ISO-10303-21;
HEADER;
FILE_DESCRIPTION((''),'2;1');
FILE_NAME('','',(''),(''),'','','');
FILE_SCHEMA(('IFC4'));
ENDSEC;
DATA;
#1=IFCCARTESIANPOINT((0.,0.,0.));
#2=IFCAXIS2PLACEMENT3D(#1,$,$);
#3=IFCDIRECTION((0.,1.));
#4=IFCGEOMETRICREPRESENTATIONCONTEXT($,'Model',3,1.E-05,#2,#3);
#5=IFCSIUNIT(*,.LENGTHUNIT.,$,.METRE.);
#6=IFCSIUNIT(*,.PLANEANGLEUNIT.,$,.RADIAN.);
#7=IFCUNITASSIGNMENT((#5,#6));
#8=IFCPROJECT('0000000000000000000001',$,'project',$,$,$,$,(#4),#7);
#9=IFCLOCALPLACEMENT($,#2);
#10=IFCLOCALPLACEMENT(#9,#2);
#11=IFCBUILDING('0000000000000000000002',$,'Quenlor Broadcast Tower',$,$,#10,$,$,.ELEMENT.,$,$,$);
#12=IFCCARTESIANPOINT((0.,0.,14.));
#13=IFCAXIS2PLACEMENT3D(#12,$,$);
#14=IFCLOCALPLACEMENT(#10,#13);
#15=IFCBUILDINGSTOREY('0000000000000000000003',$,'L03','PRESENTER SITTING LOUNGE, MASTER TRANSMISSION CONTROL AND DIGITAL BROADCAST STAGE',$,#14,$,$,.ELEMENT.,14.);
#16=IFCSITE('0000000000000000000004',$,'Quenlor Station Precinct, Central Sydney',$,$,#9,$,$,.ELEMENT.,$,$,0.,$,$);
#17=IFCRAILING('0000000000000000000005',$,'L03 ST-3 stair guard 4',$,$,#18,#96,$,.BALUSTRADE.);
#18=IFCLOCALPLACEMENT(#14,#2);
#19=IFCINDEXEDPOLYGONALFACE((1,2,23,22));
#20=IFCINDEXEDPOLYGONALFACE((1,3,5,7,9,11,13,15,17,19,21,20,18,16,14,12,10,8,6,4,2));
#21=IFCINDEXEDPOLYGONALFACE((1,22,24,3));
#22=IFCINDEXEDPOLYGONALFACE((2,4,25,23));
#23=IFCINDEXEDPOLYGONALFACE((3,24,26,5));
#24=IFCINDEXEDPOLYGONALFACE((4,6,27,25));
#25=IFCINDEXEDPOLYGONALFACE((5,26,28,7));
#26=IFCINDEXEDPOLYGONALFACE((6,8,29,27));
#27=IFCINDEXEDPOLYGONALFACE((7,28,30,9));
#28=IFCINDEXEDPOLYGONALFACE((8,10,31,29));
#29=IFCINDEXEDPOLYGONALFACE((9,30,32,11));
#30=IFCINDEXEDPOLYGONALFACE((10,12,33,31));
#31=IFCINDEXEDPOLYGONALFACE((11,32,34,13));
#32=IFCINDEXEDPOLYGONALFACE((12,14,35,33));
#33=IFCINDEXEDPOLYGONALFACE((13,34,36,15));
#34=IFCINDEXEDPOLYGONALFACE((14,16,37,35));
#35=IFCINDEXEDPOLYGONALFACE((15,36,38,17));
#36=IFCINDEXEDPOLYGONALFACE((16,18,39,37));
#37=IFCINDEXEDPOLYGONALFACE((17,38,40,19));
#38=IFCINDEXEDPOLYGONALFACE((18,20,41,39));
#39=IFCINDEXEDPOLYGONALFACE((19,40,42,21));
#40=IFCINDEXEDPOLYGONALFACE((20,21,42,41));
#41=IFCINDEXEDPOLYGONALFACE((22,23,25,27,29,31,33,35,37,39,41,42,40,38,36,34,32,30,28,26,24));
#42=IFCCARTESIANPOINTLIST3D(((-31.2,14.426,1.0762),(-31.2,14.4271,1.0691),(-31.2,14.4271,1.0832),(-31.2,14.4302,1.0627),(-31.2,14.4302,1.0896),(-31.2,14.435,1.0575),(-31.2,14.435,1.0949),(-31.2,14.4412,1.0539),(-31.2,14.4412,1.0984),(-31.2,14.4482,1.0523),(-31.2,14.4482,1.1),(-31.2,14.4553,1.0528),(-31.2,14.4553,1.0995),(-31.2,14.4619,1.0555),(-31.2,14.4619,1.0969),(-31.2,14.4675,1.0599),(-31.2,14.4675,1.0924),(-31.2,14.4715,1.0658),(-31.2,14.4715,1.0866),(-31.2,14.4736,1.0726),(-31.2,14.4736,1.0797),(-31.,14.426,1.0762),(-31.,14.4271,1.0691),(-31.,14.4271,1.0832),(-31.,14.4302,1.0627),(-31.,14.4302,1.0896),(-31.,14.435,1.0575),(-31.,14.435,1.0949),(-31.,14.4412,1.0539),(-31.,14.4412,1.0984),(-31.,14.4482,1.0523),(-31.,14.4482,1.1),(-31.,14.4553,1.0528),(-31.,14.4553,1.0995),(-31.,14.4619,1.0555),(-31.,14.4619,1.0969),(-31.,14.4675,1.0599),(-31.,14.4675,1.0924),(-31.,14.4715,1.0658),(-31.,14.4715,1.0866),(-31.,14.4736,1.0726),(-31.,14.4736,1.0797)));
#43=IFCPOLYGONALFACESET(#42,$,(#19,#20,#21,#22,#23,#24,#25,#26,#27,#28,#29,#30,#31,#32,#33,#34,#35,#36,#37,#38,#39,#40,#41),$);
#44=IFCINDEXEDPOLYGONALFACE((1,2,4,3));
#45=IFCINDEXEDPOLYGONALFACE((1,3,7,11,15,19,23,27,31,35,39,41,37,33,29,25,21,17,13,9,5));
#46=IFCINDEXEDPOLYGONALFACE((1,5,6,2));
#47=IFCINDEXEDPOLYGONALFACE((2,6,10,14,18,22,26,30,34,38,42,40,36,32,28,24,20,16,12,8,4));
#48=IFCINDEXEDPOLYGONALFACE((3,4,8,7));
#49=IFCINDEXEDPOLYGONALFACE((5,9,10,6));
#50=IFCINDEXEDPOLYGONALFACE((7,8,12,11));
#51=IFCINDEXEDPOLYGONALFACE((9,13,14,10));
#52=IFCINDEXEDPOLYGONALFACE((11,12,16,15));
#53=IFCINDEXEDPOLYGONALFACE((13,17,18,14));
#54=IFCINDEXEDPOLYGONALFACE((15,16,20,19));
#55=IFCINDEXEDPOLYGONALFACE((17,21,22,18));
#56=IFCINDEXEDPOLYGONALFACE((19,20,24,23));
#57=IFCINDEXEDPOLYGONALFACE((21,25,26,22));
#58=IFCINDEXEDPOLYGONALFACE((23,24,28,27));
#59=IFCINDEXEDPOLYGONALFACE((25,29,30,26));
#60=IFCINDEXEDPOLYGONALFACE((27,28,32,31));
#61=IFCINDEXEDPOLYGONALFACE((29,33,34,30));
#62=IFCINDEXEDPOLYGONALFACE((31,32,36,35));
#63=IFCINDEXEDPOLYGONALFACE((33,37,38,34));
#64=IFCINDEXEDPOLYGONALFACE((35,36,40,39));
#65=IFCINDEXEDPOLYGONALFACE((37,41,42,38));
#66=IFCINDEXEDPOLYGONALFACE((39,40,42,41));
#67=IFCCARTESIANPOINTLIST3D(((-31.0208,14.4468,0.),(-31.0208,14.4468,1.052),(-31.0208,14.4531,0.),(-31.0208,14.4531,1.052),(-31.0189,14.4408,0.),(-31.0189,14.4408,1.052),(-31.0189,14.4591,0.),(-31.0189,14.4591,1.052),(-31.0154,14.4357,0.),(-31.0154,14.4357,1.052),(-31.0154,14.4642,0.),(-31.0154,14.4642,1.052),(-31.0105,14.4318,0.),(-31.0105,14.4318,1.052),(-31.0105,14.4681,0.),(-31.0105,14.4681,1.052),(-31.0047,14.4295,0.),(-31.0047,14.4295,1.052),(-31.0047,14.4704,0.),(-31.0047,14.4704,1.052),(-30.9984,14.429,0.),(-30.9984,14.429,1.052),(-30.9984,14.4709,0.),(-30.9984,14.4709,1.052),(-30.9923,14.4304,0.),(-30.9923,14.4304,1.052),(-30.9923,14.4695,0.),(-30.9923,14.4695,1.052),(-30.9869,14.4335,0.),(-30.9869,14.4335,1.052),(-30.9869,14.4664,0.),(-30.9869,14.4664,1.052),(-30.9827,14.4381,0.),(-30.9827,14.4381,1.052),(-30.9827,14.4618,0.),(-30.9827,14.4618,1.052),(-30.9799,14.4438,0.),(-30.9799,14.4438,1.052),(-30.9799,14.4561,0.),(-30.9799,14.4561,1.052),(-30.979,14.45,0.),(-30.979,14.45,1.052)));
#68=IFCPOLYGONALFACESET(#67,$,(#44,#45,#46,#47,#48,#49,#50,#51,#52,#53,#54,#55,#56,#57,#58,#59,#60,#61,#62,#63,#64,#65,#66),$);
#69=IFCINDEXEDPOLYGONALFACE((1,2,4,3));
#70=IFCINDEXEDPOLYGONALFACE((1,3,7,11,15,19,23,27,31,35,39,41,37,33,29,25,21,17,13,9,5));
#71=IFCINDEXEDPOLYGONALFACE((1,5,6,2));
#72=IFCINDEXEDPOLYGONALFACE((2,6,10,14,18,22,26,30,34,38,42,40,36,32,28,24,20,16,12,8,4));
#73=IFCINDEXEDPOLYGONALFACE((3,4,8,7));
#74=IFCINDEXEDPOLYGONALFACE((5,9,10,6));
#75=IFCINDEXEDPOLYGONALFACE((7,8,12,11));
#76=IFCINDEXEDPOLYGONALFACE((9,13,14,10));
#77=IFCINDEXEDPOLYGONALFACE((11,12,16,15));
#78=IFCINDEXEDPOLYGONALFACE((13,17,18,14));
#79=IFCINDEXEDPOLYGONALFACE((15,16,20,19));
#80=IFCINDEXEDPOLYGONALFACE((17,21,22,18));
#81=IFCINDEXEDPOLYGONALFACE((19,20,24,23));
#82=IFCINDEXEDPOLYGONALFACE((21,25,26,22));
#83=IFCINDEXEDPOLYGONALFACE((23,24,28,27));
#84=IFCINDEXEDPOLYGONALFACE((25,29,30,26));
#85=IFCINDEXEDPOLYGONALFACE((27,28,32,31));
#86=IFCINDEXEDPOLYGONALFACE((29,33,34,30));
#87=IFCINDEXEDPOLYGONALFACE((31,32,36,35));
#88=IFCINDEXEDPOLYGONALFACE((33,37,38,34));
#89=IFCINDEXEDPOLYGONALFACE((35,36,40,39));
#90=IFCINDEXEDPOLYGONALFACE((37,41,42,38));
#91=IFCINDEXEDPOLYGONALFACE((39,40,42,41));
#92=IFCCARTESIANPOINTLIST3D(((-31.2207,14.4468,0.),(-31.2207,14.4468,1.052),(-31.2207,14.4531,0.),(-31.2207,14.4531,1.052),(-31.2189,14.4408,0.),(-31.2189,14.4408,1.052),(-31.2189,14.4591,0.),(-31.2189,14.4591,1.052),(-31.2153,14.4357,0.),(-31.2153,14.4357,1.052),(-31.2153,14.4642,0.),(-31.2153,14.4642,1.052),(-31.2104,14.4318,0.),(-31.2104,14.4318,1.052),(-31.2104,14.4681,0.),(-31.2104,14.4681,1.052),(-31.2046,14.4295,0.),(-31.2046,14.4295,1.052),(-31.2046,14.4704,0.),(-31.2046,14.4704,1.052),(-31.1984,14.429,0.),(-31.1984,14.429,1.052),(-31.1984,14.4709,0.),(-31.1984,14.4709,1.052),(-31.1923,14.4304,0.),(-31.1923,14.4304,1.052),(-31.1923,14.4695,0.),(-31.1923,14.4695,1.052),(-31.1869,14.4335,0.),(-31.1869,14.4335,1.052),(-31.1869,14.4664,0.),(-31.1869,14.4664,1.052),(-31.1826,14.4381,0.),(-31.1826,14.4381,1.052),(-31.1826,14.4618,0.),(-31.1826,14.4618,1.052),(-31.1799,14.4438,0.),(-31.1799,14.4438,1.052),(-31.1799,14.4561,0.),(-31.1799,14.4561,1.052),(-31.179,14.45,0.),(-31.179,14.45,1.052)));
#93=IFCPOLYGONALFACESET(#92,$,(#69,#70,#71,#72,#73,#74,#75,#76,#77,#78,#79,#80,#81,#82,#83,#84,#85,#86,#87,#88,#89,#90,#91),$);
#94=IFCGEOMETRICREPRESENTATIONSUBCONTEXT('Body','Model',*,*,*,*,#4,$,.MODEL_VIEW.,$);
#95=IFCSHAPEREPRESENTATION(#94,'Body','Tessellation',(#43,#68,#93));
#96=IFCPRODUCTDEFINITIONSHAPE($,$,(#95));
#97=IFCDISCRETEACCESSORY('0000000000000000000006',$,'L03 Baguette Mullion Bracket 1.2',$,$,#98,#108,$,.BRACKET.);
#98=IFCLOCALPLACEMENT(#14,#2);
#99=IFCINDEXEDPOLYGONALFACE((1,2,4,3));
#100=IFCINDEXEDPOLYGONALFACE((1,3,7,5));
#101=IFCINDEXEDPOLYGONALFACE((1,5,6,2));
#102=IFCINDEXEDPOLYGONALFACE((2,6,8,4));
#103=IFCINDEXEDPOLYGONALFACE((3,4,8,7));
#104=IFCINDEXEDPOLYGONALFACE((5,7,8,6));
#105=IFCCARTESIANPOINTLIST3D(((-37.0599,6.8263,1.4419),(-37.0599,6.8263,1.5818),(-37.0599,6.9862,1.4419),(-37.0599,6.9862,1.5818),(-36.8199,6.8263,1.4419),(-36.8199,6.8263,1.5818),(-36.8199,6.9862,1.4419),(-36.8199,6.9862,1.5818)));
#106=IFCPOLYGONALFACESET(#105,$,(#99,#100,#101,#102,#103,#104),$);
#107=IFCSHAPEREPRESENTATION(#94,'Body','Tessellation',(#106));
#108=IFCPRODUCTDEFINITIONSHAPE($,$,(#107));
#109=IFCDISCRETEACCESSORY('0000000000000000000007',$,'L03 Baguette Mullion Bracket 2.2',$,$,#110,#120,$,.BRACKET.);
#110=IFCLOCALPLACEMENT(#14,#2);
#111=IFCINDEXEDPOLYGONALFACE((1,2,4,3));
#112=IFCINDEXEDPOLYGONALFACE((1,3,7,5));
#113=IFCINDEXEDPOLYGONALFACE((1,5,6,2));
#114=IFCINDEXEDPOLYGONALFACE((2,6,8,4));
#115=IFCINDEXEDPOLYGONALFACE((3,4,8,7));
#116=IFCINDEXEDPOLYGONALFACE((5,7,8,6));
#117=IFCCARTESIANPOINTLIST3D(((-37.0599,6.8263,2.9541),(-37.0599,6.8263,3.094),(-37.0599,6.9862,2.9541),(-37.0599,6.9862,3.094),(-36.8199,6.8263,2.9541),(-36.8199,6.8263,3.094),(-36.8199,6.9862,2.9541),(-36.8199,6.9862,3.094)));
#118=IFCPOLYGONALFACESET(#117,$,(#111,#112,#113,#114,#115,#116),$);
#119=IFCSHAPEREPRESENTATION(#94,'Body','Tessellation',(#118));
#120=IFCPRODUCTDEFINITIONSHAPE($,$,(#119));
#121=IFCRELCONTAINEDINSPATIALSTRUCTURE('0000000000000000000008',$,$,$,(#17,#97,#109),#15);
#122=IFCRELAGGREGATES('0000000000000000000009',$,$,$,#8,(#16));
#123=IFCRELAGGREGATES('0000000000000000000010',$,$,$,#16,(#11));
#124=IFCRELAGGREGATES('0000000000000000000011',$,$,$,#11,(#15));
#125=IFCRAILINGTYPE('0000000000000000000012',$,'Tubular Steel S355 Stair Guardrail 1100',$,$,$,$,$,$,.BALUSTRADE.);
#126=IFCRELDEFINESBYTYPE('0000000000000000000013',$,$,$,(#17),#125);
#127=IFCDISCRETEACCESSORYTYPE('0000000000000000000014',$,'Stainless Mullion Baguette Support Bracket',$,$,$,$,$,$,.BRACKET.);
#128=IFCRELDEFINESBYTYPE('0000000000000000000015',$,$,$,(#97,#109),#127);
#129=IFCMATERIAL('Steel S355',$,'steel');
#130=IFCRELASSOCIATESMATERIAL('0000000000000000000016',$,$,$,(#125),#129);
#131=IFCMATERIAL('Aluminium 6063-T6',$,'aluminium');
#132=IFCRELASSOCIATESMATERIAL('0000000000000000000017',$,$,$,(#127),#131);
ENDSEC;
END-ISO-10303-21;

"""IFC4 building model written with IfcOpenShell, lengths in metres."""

from ifc_helpers import new_model, si_unit, direction, frame, origin, origin_2d, place, context, subcontext, project, spatial, rectangle, circle, extrude, material, type_object, element, save


model = new_model("IFC4")

# Units and contexts
model_context = context("Model", 3, precision=1e-05, world=origin(), true_north=direction((0.0, 1.0)))
body_context = subcontext(model_context, "Body", "Model", "MODEL_VIEW")
ifc_project = project(units=[si_unit("LENGTHUNIT", "METRE"), si_unit("PLANEANGLEUNIT", "RADIAN")], contexts=[model_context])

# Site, building, storey
site_placement = place(None, origin())
site = spatial("IfcSite", under=ifc_project, at=site_placement, Name="Quenlor Station Precinct, Central Sydney", CompositionType="ELEMENT", RefElevation=0.0)
building_placement = place(site_placement, origin())
building = spatial("IfcBuilding", under=site, at=building_placement, Name="Quenlor Broadcast Tower", CompositionType="ELEMENT")
storey_placement = place(building_placement, frame((0.0, 0.0, 14.0)))
storey = spatial("IfcBuildingStorey", under=building, at=storey_placement, Name="L03", Description="PRESENTER SITTING LOUNGE, MASTER TRANSMISSION CONTROL AND DIGITAL BROADCAST STAGE", CompositionType="ELEMENT", Elevation=14.0)

# Railing
ifc_material_1 = material(Name="Steel S355", Category="steel")
railing_type_1 = type_object("IfcRailingType", Name="Tubular Steel S355 Stair Guardrail 1100", PredefinedType="BALUSTRADE", material=ifc_material_1)
railing_1_placement = place(storey_placement, frame((-31.0, 14.45, 0.0)))
element("IfcRailing", 1, at=railing_1_placement, inside=storey, type_object=railing_type_1, Name="L03 ST-3 stair guard 4", PredefinedType="BALUSTRADE", context=body_context, shape_type="SweptSolid", body=[
    extrude(circle(Radius=0.0239, at=origin_2d()), frame((0.0, 0.0, 1.0762), z_axis=(-1.0, 0.0, 0.0), x_axis=(0.0, -1.0, 0.0)), (0.0, 0.0, 1.0), 0.2),
    extrude(circle(Radius=0.021, at=origin_2d()), origin(), (0.0, 0.0, 1.0), 1.052),
    extrude(circle(Radius=0.021, at=origin_2d()), frame((-0.2, 0.0, 0.0)), (0.0, 0.0, 1.0), 1.052),
])

# Discrete accessories
ifc_material_2 = material(Name="Aluminium 6063-T6", Category="aluminium")
discrete_accessory_type = type_object("IfcDiscreteAccessoryType", Name="Stainless Mullion Baguette Support Bracket", PredefinedType="BRACKET", material=ifc_material_2)
for number, where, z_axis, x_axis, name in (
    (2, (-36.9399, 6.9062, 1.4419), (0.0, 0.0, 1.0), (0.0, 1.0, 0.0), "L03 Baguette Mullion Bracket 1.2"),
    (3, (-36.9399, 6.9062, 2.9541), (0.0, 0.0, 1.0), (0.0, 1.0, 0.0), "L03 Baguette Mullion Bracket 2.2"),
):
    element("IfcDiscreteAccessory", number, at=place(storey_placement, frame(where, z_axis=z_axis, x_axis=x_axis)), inside=storey, type_object=discrete_accessory_type, Name=name, PredefinedType="BRACKET", context=body_context, shape_type="SweptSolid", body=[
        extrude(rectangle(XDim=0.1599, YDim=0.24, at=origin_2d()), origin(), (0.0, 0.0, 1.0), 0.1399),
    ])

save(model, "model.ifc")
